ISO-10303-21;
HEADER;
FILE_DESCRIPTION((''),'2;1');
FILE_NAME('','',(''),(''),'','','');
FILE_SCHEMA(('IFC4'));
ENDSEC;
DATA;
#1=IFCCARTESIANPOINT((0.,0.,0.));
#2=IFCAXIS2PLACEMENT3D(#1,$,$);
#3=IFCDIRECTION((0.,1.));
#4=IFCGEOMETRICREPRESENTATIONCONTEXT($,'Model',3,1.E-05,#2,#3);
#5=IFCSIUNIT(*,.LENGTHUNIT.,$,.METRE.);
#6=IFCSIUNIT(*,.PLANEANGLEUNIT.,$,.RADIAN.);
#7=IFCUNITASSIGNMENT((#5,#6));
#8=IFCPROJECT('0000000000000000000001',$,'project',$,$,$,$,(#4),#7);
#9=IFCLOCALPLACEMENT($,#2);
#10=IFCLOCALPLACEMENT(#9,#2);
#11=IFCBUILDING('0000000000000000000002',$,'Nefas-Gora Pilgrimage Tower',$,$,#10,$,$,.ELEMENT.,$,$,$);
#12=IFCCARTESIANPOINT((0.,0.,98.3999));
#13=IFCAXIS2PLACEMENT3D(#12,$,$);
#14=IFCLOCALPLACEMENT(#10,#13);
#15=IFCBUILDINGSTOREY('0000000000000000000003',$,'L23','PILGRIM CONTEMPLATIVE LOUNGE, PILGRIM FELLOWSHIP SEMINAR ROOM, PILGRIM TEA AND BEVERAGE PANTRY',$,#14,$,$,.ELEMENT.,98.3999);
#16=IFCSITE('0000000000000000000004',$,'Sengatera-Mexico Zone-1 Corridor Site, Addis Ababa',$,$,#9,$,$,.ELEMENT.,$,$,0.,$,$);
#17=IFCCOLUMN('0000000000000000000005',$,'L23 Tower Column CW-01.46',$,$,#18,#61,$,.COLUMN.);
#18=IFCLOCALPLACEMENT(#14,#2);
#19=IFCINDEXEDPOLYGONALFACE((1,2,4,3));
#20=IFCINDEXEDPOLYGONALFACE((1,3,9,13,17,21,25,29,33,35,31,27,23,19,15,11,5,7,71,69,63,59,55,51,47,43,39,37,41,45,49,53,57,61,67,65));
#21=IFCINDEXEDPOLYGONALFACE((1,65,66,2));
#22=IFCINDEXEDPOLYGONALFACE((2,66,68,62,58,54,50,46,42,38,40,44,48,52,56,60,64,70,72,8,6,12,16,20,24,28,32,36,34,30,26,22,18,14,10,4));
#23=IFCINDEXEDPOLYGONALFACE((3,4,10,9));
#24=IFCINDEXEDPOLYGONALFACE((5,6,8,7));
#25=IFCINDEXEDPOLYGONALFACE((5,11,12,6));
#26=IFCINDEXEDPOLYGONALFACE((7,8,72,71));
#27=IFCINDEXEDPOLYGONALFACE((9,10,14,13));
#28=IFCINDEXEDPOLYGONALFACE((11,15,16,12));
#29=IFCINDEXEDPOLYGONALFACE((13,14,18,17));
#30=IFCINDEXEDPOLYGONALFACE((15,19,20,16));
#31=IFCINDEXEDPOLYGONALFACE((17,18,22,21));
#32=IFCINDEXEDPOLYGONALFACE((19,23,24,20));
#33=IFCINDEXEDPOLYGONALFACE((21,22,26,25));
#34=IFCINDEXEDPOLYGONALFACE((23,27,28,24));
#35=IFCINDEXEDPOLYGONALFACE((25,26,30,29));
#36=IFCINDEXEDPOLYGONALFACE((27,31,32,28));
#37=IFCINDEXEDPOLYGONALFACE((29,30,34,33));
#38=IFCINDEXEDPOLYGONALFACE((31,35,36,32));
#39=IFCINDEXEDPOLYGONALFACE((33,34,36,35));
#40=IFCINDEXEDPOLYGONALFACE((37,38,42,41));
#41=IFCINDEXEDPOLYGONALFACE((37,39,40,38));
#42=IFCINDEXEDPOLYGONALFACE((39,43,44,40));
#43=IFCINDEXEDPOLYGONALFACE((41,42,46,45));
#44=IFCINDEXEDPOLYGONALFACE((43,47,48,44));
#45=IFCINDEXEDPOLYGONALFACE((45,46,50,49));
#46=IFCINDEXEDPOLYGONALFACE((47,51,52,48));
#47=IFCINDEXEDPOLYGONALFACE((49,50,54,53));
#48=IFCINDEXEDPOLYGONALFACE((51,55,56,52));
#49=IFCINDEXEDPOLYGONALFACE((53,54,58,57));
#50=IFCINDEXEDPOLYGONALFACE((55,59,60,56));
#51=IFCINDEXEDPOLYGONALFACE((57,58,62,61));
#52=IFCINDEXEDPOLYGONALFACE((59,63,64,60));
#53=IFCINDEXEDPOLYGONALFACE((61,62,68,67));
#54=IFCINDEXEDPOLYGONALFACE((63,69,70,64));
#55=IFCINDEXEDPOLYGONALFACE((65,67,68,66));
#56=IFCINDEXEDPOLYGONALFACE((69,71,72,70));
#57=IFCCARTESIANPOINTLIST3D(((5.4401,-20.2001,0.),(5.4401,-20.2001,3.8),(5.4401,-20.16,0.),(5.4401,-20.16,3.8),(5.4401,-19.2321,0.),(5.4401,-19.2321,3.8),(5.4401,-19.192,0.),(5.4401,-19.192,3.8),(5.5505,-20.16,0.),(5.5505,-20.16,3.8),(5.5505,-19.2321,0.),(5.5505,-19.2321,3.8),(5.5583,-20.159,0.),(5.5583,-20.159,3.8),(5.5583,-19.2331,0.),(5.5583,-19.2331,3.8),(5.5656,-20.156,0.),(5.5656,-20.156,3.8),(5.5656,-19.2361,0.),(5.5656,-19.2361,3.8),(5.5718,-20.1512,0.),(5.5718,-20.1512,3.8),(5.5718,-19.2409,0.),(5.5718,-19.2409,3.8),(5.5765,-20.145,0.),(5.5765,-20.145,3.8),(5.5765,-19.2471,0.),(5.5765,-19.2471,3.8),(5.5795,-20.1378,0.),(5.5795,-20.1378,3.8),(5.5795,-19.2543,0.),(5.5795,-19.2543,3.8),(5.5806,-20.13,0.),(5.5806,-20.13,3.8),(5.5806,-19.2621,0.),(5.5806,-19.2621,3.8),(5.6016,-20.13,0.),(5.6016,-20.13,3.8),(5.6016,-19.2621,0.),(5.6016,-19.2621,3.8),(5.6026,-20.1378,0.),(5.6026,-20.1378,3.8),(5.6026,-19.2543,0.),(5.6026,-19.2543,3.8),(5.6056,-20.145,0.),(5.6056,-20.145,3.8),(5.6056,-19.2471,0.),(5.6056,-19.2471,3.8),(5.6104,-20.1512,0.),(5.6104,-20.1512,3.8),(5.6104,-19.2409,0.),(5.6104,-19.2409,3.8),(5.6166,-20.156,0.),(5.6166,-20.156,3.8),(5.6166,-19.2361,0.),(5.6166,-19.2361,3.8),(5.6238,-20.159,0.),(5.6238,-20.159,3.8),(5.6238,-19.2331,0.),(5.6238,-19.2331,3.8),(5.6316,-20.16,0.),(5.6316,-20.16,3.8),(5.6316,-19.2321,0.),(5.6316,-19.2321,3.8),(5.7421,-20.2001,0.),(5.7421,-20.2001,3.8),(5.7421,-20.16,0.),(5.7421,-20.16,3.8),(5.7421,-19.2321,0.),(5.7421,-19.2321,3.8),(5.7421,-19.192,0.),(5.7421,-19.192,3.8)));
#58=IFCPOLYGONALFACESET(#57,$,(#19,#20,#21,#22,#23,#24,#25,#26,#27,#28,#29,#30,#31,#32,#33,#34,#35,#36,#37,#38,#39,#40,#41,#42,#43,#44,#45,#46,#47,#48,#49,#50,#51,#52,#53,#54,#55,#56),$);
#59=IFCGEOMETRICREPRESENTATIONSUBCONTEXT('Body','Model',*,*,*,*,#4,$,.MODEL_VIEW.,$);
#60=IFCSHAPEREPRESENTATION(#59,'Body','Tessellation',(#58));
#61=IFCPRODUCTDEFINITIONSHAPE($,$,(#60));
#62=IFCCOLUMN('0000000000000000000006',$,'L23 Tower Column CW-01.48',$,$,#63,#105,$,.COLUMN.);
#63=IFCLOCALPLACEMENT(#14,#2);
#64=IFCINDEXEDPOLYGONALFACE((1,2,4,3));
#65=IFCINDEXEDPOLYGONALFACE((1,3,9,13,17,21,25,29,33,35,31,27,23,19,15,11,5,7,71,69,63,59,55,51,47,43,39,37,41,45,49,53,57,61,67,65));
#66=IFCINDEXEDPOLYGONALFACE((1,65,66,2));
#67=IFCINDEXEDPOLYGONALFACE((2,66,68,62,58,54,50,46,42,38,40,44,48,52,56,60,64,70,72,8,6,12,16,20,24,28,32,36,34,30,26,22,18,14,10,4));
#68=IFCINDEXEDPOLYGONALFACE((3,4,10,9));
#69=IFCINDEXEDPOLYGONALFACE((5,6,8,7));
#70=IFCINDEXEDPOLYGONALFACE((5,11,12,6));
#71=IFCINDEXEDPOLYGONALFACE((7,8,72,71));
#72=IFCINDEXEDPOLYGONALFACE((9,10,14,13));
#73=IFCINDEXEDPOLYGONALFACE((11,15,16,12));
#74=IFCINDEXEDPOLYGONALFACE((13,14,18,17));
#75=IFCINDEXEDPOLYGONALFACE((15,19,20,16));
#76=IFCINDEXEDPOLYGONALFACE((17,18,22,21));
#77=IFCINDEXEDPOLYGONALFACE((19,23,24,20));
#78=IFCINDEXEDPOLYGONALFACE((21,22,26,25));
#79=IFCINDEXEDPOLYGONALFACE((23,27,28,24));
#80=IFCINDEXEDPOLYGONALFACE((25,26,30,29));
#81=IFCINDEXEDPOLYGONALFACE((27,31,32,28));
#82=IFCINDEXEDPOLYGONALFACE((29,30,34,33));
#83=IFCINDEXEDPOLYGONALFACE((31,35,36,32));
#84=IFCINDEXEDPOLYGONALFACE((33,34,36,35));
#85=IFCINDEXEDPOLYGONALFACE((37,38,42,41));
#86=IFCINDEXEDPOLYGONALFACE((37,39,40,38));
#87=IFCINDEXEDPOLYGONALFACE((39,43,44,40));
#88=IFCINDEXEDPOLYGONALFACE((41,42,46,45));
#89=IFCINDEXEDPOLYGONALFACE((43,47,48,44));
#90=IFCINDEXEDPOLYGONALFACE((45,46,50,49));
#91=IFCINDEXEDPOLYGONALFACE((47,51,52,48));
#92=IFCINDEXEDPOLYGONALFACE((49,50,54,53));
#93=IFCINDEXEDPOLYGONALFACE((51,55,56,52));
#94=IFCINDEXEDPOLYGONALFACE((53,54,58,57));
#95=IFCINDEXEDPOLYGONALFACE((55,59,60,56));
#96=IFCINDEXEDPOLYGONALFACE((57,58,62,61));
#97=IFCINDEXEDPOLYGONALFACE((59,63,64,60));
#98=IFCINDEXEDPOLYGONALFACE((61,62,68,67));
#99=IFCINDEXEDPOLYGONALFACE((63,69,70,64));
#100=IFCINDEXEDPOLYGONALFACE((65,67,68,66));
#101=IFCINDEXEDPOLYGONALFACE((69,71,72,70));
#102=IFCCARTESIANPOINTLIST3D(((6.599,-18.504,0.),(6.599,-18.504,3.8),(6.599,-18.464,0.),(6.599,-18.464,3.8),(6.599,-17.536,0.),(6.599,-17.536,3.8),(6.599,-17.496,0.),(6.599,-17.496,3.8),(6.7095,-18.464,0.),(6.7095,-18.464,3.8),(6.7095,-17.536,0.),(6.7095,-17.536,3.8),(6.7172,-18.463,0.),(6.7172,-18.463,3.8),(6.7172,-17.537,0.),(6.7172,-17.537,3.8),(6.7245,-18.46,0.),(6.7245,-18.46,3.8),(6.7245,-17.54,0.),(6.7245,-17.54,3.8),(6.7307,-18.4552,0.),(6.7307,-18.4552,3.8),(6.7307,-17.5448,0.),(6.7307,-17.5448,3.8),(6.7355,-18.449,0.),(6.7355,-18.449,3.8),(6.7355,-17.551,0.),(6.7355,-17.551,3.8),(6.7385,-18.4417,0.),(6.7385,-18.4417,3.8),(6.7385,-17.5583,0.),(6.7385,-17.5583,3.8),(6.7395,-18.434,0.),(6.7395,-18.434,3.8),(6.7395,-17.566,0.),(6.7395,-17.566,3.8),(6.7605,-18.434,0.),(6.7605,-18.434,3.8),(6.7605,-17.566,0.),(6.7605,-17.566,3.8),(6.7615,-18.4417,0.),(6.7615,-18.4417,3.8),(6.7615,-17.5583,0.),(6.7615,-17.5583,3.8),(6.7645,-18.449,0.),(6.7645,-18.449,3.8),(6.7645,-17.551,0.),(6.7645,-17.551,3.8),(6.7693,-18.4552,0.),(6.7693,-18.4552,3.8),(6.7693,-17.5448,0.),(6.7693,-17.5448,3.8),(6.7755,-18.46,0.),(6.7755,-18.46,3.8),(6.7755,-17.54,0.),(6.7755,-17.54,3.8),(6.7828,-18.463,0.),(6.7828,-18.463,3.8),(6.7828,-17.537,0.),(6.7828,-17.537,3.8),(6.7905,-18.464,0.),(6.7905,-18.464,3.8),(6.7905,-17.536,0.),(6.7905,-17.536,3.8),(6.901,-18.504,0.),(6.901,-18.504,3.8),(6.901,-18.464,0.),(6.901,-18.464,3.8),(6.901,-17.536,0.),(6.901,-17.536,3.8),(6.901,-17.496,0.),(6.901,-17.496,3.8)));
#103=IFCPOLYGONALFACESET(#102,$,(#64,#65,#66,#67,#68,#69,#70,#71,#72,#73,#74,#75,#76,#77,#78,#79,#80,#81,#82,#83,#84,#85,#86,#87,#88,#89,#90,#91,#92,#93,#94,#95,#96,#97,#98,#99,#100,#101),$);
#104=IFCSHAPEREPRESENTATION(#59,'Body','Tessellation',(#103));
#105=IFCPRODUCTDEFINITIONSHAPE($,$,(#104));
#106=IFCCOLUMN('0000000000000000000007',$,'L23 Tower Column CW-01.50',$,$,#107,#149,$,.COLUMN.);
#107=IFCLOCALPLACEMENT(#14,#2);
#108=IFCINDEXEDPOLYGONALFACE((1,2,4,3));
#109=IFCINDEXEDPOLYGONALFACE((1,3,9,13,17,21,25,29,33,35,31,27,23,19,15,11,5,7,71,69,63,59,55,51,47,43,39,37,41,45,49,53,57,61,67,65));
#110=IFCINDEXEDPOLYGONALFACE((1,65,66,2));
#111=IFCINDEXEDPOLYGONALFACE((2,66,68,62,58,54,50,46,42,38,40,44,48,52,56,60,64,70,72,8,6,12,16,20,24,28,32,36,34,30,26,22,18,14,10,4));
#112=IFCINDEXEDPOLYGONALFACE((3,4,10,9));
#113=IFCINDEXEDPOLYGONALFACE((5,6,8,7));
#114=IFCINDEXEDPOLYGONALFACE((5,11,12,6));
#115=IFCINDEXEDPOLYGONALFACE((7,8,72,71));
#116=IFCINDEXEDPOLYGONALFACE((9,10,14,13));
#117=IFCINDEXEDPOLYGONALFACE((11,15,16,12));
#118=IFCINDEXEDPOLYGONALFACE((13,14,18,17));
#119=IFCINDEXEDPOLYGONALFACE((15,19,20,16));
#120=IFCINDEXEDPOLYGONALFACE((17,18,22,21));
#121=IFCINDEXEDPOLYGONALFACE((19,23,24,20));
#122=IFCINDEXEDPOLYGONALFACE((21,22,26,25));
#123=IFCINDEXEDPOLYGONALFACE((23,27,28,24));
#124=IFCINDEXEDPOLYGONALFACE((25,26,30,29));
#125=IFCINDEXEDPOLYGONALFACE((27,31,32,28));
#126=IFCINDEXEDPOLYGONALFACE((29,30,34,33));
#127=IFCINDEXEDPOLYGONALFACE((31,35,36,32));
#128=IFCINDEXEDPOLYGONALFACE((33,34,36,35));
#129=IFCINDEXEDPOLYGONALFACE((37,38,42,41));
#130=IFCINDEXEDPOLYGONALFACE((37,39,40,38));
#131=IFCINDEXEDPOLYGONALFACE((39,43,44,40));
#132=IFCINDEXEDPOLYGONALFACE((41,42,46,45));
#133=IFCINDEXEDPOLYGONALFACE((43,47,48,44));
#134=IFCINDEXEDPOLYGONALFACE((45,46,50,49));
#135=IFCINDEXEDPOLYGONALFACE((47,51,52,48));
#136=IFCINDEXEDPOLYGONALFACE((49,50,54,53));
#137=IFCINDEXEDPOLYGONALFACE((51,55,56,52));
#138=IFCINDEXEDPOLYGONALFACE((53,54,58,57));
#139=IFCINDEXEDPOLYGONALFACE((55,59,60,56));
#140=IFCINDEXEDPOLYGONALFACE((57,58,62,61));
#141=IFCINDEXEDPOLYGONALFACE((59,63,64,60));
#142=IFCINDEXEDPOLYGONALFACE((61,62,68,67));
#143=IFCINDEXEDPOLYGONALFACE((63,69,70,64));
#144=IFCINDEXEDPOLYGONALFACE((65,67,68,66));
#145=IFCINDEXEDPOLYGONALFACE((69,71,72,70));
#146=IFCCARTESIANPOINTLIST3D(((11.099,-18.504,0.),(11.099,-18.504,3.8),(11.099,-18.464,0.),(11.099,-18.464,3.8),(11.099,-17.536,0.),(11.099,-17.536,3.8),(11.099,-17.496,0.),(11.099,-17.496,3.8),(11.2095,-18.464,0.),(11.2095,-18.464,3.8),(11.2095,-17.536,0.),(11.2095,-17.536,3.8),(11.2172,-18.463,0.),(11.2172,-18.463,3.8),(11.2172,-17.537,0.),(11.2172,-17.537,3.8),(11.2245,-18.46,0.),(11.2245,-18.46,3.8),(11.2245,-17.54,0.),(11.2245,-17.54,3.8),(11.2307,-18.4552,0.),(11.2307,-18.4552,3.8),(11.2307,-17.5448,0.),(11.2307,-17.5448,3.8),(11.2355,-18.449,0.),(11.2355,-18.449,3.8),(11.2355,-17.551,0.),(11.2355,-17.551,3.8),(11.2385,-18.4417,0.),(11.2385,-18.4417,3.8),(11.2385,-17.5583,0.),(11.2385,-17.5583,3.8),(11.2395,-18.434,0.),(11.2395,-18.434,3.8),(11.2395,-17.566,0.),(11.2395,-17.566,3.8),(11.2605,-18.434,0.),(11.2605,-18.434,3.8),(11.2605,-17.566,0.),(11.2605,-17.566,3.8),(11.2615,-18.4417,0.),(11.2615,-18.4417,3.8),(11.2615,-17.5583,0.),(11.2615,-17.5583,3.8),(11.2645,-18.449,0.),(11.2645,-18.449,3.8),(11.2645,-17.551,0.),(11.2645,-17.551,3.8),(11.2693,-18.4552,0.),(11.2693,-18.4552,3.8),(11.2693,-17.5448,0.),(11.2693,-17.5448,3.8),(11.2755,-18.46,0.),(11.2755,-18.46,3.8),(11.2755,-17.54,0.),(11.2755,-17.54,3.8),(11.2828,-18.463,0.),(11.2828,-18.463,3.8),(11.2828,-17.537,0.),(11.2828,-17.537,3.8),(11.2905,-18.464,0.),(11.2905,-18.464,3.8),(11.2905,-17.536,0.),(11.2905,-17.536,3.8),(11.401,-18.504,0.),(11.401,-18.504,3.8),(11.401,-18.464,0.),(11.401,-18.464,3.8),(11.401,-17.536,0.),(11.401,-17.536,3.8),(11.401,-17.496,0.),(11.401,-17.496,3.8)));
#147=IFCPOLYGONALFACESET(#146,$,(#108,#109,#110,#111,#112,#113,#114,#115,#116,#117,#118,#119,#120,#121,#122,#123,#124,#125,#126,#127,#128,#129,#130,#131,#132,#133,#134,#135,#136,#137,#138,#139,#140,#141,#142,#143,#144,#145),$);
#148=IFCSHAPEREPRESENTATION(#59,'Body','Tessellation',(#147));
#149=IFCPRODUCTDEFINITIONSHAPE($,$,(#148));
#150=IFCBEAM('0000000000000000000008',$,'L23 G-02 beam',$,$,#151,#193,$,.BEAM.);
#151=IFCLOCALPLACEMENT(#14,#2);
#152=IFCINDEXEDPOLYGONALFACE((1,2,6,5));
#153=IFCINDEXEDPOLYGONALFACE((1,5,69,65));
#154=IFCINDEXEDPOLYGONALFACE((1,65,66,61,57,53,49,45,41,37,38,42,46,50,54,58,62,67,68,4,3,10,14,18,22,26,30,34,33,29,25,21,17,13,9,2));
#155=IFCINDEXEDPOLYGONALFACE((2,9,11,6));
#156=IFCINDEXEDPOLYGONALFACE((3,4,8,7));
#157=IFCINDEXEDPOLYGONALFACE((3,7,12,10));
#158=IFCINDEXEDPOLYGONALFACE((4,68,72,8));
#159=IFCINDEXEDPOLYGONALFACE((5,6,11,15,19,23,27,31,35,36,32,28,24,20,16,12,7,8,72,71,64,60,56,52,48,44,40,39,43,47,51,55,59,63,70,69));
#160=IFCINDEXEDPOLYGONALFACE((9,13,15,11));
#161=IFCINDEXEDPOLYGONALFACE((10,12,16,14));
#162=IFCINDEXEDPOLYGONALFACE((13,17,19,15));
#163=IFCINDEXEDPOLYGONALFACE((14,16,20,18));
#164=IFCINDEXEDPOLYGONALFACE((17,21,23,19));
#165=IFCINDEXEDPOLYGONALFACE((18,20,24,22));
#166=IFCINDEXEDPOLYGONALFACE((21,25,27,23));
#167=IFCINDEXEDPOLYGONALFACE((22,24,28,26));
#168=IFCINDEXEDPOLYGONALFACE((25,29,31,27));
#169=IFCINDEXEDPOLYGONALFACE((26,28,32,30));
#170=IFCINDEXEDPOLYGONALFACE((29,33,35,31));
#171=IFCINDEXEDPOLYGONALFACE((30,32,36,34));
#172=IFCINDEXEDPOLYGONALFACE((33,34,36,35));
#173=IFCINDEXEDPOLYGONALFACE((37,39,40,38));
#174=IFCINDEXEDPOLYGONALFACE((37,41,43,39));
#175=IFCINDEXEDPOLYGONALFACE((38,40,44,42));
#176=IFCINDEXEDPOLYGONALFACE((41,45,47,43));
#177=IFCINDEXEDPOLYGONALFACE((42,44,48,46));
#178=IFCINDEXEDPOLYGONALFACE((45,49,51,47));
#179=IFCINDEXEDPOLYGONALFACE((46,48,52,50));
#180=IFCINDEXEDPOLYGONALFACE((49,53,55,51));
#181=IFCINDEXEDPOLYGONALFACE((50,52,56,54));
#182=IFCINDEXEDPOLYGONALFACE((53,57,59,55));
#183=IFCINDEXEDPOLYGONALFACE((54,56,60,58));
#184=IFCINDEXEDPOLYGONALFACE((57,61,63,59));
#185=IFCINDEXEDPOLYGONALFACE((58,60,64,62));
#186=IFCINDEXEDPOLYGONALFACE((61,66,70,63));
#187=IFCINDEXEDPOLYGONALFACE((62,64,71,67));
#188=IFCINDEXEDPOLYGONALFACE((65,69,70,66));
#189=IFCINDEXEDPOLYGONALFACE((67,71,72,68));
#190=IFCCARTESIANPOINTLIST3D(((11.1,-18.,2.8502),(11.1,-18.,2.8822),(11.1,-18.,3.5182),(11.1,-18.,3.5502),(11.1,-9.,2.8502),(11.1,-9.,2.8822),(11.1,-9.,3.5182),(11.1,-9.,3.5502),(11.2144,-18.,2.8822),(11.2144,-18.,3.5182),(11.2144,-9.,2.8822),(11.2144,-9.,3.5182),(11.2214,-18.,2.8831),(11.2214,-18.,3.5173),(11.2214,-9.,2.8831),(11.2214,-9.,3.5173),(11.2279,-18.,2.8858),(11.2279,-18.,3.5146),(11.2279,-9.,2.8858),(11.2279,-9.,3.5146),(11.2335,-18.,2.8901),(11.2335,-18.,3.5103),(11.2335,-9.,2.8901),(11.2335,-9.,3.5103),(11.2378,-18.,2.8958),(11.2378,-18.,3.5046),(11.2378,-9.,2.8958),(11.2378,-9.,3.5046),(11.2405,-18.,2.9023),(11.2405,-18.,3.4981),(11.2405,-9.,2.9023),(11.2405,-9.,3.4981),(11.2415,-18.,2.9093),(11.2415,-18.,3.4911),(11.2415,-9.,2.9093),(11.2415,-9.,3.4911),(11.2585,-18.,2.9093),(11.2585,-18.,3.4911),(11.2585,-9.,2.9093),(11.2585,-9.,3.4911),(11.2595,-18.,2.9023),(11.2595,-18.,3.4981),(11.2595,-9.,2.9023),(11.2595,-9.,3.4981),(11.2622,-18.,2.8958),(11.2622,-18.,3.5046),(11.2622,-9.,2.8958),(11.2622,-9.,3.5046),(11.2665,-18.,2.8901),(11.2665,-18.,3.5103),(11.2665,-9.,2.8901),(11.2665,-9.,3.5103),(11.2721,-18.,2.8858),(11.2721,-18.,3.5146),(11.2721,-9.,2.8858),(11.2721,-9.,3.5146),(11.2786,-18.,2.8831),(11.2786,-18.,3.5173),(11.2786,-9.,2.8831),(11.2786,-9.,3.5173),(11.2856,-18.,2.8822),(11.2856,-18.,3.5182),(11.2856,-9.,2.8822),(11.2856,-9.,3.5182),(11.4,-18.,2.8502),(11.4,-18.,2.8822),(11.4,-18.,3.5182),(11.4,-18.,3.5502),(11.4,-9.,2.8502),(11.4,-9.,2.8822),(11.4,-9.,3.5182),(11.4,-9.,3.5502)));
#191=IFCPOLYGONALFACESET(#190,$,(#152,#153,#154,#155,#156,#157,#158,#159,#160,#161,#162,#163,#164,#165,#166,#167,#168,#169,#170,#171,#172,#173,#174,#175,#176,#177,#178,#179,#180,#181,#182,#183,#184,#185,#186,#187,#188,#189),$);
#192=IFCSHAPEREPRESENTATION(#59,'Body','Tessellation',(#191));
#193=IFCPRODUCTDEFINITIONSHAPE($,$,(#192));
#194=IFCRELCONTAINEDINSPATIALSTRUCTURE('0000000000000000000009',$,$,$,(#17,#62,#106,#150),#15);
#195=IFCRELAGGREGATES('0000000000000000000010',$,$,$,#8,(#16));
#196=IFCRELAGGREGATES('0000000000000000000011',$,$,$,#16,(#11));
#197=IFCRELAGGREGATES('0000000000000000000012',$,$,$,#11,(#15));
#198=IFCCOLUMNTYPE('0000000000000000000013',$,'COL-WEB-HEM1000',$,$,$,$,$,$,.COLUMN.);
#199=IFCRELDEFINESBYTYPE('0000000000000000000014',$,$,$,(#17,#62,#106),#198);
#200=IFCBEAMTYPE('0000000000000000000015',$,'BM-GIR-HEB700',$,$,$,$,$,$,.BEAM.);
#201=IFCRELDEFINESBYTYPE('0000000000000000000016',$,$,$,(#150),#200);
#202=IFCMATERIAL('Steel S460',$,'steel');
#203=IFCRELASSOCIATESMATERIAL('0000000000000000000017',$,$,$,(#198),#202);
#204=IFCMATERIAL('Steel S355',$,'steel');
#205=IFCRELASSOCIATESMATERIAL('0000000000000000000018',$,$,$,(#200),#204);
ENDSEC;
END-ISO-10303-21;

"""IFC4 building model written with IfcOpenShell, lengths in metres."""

from ifc_helpers import new_model, si_unit, direction, frame, origin, origin_2d, place, context, subcontext, project, spatial, i_section, extrude, source, transform, mapped, material, material_profile, profile_set, type_object, element, save


model = new_model("IFC4")

# Units and contexts
model_context = context("Model", 3, precision=1e-05, world=origin(), true_north=direction((0.0, 1.0)))
body_context = subcontext(model_context, "Body", "Model", "MODEL_VIEW")
ifc_project = project(units=[si_unit("LENGTHUNIT", "METRE"), si_unit("PLANEANGLEUNIT", "RADIAN")], contexts=[model_context])

# Site, building, storey
site_placement = place(None, origin())
site = spatial("IfcSite", under=ifc_project, at=site_placement, Name="Sengatera-Mexico Zone-1 Corridor Site, Addis Ababa", CompositionType="ELEMENT", RefElevation=0.0)
building_placement = place(site_placement, origin())
building = spatial("IfcBuilding", under=site, at=building_placement, Name="Nefas-Gora Pilgrimage Tower", CompositionType="ELEMENT")
storey_placement = place(building_placement, frame((0.0, 0.0, 98.3999)))
storey = spatial("IfcBuildingStorey", under=building, at=storey_placement, Name="L23", Description="PILGRIM CONTEMPLATIVE LOUNGE, PILGRIM FELLOWSHIP SEMINAR ROOM, PILGRIM TEA AND BEVERAGE PANTRY", CompositionType="ELEMENT", Elevation=98.3999)

# Columns
ifc_material_1 = material(Name="Steel S460", Category="steel")
ifc_material_profile_1 = material_profile(ifc_material_1, i_section(OverallWidth=0.302, OverallDepth=1.0081, WebThickness=0.021, FlangeThickness=0.04, FilletRadius=0.03, at=origin_2d()), Name="HEM 1000")
ifc_profile_set_1 = profile_set([ifc_material_profile_1], Name="Steel S460")
column_type_1 = type_object("IfcColumnType", Name="COL-WEB-HEM1000", PredefinedType="COLUMN", material=ifc_profile_set_1)
shared_shape_1 = source(origin(), body_context, "Body", "SweptSolid", [
    extrude(i_section(OverallWidth=0.302, OverallDepth=1.0081, WebThickness=0.021, FlangeThickness=0.04, FilletRadius=0.03, at=origin_2d()), origin(), (0.0, 0.0, 1.0), 3.8),
])
for number, where, z_axis, x_axis, name in (
    (1, (5.5911, -19.696, 0.0), (0.0, 0.0, 1.0), (1.0, 0.0, 0.0), "L23 Tower Column CW-01.46"),
    (2, (6.75, -18.0, 0.0), (0.0, 0.0, 1.0), (1.0, 0.0, 0.0), "L23 Tower Column CW-01.48"),
    (3, (11.25, -18.0, 0.0), (0.0, 0.0, 1.0), (1.0, 0.0, 0.0), "L23 Tower Column CW-01.50"),
):
    element("IfcColumn", number, at=place(storey_placement, frame(where, z_axis=z_axis, x_axis=x_axis)), inside=storey, type_object=column_type_1, Name=name, PredefinedType="COLUMN", context=body_context, shape_type="MappedRepresentation", body=[
        mapped(shared_shape_1, transform((0.0, 0.0, 0.0), x_axis=(1.0, 0.0, 0.0), y_axis=(0.0, 1.0, 0.0), z_axis=(0.0, 0.0, 1.0), scale=1.0)),
    ])

# Beam
ifc_material_2 = material(Name="Steel S355", Category="steel")
ifc_material_profile_2 = material_profile(ifc_material_2, i_section(OverallWidth=0.3, OverallDepth=0.7, WebThickness=0.0171, FlangeThickness=0.032, FilletRadius=0.0271, at=origin_2d()), Name="HEB 700")
ifc_profile_set_2 = profile_set([ifc_material_profile_2], Name="Steel S355")
beam_type_1 = type_object("IfcBeamType", Name="BM-GIR-HEB700", PredefinedType="BEAM", material=ifc_profile_set_2)
shared_shape_2 = source(origin(), body_context, "Body", "SweptSolid", [
    extrude(i_section(OverallWidth=0.3, OverallDepth=0.7, WebThickness=0.0171, FlangeThickness=0.032, FilletRadius=0.0271, at=origin_2d()), origin(), (0.0, 0.0, 1.0), 9.0),
])
beam_1_placement = place(storey_placement, frame((11.25, -18.0, 3.2002), z_axis=(0.0, 1.0, 0.0), x_axis=(-1.0, 0.0, 0.0)))
element("IfcBeam", 4, at=beam_1_placement, inside=storey, type_object=beam_type_1, Name="L23 G-02 beam", PredefinedType="BEAM", context=body_context, shape_type="MappedRepresentation", body=[
    mapped(shared_shape_2, transform((0.0, 0.0, 0.0), x_axis=(1.0, 0.0, 0.0), y_axis=(0.0, 1.0, 0.0), z_axis=(0.0, 0.0, 1.0), scale=1.0)),
])

save(model, "model.ifc")
